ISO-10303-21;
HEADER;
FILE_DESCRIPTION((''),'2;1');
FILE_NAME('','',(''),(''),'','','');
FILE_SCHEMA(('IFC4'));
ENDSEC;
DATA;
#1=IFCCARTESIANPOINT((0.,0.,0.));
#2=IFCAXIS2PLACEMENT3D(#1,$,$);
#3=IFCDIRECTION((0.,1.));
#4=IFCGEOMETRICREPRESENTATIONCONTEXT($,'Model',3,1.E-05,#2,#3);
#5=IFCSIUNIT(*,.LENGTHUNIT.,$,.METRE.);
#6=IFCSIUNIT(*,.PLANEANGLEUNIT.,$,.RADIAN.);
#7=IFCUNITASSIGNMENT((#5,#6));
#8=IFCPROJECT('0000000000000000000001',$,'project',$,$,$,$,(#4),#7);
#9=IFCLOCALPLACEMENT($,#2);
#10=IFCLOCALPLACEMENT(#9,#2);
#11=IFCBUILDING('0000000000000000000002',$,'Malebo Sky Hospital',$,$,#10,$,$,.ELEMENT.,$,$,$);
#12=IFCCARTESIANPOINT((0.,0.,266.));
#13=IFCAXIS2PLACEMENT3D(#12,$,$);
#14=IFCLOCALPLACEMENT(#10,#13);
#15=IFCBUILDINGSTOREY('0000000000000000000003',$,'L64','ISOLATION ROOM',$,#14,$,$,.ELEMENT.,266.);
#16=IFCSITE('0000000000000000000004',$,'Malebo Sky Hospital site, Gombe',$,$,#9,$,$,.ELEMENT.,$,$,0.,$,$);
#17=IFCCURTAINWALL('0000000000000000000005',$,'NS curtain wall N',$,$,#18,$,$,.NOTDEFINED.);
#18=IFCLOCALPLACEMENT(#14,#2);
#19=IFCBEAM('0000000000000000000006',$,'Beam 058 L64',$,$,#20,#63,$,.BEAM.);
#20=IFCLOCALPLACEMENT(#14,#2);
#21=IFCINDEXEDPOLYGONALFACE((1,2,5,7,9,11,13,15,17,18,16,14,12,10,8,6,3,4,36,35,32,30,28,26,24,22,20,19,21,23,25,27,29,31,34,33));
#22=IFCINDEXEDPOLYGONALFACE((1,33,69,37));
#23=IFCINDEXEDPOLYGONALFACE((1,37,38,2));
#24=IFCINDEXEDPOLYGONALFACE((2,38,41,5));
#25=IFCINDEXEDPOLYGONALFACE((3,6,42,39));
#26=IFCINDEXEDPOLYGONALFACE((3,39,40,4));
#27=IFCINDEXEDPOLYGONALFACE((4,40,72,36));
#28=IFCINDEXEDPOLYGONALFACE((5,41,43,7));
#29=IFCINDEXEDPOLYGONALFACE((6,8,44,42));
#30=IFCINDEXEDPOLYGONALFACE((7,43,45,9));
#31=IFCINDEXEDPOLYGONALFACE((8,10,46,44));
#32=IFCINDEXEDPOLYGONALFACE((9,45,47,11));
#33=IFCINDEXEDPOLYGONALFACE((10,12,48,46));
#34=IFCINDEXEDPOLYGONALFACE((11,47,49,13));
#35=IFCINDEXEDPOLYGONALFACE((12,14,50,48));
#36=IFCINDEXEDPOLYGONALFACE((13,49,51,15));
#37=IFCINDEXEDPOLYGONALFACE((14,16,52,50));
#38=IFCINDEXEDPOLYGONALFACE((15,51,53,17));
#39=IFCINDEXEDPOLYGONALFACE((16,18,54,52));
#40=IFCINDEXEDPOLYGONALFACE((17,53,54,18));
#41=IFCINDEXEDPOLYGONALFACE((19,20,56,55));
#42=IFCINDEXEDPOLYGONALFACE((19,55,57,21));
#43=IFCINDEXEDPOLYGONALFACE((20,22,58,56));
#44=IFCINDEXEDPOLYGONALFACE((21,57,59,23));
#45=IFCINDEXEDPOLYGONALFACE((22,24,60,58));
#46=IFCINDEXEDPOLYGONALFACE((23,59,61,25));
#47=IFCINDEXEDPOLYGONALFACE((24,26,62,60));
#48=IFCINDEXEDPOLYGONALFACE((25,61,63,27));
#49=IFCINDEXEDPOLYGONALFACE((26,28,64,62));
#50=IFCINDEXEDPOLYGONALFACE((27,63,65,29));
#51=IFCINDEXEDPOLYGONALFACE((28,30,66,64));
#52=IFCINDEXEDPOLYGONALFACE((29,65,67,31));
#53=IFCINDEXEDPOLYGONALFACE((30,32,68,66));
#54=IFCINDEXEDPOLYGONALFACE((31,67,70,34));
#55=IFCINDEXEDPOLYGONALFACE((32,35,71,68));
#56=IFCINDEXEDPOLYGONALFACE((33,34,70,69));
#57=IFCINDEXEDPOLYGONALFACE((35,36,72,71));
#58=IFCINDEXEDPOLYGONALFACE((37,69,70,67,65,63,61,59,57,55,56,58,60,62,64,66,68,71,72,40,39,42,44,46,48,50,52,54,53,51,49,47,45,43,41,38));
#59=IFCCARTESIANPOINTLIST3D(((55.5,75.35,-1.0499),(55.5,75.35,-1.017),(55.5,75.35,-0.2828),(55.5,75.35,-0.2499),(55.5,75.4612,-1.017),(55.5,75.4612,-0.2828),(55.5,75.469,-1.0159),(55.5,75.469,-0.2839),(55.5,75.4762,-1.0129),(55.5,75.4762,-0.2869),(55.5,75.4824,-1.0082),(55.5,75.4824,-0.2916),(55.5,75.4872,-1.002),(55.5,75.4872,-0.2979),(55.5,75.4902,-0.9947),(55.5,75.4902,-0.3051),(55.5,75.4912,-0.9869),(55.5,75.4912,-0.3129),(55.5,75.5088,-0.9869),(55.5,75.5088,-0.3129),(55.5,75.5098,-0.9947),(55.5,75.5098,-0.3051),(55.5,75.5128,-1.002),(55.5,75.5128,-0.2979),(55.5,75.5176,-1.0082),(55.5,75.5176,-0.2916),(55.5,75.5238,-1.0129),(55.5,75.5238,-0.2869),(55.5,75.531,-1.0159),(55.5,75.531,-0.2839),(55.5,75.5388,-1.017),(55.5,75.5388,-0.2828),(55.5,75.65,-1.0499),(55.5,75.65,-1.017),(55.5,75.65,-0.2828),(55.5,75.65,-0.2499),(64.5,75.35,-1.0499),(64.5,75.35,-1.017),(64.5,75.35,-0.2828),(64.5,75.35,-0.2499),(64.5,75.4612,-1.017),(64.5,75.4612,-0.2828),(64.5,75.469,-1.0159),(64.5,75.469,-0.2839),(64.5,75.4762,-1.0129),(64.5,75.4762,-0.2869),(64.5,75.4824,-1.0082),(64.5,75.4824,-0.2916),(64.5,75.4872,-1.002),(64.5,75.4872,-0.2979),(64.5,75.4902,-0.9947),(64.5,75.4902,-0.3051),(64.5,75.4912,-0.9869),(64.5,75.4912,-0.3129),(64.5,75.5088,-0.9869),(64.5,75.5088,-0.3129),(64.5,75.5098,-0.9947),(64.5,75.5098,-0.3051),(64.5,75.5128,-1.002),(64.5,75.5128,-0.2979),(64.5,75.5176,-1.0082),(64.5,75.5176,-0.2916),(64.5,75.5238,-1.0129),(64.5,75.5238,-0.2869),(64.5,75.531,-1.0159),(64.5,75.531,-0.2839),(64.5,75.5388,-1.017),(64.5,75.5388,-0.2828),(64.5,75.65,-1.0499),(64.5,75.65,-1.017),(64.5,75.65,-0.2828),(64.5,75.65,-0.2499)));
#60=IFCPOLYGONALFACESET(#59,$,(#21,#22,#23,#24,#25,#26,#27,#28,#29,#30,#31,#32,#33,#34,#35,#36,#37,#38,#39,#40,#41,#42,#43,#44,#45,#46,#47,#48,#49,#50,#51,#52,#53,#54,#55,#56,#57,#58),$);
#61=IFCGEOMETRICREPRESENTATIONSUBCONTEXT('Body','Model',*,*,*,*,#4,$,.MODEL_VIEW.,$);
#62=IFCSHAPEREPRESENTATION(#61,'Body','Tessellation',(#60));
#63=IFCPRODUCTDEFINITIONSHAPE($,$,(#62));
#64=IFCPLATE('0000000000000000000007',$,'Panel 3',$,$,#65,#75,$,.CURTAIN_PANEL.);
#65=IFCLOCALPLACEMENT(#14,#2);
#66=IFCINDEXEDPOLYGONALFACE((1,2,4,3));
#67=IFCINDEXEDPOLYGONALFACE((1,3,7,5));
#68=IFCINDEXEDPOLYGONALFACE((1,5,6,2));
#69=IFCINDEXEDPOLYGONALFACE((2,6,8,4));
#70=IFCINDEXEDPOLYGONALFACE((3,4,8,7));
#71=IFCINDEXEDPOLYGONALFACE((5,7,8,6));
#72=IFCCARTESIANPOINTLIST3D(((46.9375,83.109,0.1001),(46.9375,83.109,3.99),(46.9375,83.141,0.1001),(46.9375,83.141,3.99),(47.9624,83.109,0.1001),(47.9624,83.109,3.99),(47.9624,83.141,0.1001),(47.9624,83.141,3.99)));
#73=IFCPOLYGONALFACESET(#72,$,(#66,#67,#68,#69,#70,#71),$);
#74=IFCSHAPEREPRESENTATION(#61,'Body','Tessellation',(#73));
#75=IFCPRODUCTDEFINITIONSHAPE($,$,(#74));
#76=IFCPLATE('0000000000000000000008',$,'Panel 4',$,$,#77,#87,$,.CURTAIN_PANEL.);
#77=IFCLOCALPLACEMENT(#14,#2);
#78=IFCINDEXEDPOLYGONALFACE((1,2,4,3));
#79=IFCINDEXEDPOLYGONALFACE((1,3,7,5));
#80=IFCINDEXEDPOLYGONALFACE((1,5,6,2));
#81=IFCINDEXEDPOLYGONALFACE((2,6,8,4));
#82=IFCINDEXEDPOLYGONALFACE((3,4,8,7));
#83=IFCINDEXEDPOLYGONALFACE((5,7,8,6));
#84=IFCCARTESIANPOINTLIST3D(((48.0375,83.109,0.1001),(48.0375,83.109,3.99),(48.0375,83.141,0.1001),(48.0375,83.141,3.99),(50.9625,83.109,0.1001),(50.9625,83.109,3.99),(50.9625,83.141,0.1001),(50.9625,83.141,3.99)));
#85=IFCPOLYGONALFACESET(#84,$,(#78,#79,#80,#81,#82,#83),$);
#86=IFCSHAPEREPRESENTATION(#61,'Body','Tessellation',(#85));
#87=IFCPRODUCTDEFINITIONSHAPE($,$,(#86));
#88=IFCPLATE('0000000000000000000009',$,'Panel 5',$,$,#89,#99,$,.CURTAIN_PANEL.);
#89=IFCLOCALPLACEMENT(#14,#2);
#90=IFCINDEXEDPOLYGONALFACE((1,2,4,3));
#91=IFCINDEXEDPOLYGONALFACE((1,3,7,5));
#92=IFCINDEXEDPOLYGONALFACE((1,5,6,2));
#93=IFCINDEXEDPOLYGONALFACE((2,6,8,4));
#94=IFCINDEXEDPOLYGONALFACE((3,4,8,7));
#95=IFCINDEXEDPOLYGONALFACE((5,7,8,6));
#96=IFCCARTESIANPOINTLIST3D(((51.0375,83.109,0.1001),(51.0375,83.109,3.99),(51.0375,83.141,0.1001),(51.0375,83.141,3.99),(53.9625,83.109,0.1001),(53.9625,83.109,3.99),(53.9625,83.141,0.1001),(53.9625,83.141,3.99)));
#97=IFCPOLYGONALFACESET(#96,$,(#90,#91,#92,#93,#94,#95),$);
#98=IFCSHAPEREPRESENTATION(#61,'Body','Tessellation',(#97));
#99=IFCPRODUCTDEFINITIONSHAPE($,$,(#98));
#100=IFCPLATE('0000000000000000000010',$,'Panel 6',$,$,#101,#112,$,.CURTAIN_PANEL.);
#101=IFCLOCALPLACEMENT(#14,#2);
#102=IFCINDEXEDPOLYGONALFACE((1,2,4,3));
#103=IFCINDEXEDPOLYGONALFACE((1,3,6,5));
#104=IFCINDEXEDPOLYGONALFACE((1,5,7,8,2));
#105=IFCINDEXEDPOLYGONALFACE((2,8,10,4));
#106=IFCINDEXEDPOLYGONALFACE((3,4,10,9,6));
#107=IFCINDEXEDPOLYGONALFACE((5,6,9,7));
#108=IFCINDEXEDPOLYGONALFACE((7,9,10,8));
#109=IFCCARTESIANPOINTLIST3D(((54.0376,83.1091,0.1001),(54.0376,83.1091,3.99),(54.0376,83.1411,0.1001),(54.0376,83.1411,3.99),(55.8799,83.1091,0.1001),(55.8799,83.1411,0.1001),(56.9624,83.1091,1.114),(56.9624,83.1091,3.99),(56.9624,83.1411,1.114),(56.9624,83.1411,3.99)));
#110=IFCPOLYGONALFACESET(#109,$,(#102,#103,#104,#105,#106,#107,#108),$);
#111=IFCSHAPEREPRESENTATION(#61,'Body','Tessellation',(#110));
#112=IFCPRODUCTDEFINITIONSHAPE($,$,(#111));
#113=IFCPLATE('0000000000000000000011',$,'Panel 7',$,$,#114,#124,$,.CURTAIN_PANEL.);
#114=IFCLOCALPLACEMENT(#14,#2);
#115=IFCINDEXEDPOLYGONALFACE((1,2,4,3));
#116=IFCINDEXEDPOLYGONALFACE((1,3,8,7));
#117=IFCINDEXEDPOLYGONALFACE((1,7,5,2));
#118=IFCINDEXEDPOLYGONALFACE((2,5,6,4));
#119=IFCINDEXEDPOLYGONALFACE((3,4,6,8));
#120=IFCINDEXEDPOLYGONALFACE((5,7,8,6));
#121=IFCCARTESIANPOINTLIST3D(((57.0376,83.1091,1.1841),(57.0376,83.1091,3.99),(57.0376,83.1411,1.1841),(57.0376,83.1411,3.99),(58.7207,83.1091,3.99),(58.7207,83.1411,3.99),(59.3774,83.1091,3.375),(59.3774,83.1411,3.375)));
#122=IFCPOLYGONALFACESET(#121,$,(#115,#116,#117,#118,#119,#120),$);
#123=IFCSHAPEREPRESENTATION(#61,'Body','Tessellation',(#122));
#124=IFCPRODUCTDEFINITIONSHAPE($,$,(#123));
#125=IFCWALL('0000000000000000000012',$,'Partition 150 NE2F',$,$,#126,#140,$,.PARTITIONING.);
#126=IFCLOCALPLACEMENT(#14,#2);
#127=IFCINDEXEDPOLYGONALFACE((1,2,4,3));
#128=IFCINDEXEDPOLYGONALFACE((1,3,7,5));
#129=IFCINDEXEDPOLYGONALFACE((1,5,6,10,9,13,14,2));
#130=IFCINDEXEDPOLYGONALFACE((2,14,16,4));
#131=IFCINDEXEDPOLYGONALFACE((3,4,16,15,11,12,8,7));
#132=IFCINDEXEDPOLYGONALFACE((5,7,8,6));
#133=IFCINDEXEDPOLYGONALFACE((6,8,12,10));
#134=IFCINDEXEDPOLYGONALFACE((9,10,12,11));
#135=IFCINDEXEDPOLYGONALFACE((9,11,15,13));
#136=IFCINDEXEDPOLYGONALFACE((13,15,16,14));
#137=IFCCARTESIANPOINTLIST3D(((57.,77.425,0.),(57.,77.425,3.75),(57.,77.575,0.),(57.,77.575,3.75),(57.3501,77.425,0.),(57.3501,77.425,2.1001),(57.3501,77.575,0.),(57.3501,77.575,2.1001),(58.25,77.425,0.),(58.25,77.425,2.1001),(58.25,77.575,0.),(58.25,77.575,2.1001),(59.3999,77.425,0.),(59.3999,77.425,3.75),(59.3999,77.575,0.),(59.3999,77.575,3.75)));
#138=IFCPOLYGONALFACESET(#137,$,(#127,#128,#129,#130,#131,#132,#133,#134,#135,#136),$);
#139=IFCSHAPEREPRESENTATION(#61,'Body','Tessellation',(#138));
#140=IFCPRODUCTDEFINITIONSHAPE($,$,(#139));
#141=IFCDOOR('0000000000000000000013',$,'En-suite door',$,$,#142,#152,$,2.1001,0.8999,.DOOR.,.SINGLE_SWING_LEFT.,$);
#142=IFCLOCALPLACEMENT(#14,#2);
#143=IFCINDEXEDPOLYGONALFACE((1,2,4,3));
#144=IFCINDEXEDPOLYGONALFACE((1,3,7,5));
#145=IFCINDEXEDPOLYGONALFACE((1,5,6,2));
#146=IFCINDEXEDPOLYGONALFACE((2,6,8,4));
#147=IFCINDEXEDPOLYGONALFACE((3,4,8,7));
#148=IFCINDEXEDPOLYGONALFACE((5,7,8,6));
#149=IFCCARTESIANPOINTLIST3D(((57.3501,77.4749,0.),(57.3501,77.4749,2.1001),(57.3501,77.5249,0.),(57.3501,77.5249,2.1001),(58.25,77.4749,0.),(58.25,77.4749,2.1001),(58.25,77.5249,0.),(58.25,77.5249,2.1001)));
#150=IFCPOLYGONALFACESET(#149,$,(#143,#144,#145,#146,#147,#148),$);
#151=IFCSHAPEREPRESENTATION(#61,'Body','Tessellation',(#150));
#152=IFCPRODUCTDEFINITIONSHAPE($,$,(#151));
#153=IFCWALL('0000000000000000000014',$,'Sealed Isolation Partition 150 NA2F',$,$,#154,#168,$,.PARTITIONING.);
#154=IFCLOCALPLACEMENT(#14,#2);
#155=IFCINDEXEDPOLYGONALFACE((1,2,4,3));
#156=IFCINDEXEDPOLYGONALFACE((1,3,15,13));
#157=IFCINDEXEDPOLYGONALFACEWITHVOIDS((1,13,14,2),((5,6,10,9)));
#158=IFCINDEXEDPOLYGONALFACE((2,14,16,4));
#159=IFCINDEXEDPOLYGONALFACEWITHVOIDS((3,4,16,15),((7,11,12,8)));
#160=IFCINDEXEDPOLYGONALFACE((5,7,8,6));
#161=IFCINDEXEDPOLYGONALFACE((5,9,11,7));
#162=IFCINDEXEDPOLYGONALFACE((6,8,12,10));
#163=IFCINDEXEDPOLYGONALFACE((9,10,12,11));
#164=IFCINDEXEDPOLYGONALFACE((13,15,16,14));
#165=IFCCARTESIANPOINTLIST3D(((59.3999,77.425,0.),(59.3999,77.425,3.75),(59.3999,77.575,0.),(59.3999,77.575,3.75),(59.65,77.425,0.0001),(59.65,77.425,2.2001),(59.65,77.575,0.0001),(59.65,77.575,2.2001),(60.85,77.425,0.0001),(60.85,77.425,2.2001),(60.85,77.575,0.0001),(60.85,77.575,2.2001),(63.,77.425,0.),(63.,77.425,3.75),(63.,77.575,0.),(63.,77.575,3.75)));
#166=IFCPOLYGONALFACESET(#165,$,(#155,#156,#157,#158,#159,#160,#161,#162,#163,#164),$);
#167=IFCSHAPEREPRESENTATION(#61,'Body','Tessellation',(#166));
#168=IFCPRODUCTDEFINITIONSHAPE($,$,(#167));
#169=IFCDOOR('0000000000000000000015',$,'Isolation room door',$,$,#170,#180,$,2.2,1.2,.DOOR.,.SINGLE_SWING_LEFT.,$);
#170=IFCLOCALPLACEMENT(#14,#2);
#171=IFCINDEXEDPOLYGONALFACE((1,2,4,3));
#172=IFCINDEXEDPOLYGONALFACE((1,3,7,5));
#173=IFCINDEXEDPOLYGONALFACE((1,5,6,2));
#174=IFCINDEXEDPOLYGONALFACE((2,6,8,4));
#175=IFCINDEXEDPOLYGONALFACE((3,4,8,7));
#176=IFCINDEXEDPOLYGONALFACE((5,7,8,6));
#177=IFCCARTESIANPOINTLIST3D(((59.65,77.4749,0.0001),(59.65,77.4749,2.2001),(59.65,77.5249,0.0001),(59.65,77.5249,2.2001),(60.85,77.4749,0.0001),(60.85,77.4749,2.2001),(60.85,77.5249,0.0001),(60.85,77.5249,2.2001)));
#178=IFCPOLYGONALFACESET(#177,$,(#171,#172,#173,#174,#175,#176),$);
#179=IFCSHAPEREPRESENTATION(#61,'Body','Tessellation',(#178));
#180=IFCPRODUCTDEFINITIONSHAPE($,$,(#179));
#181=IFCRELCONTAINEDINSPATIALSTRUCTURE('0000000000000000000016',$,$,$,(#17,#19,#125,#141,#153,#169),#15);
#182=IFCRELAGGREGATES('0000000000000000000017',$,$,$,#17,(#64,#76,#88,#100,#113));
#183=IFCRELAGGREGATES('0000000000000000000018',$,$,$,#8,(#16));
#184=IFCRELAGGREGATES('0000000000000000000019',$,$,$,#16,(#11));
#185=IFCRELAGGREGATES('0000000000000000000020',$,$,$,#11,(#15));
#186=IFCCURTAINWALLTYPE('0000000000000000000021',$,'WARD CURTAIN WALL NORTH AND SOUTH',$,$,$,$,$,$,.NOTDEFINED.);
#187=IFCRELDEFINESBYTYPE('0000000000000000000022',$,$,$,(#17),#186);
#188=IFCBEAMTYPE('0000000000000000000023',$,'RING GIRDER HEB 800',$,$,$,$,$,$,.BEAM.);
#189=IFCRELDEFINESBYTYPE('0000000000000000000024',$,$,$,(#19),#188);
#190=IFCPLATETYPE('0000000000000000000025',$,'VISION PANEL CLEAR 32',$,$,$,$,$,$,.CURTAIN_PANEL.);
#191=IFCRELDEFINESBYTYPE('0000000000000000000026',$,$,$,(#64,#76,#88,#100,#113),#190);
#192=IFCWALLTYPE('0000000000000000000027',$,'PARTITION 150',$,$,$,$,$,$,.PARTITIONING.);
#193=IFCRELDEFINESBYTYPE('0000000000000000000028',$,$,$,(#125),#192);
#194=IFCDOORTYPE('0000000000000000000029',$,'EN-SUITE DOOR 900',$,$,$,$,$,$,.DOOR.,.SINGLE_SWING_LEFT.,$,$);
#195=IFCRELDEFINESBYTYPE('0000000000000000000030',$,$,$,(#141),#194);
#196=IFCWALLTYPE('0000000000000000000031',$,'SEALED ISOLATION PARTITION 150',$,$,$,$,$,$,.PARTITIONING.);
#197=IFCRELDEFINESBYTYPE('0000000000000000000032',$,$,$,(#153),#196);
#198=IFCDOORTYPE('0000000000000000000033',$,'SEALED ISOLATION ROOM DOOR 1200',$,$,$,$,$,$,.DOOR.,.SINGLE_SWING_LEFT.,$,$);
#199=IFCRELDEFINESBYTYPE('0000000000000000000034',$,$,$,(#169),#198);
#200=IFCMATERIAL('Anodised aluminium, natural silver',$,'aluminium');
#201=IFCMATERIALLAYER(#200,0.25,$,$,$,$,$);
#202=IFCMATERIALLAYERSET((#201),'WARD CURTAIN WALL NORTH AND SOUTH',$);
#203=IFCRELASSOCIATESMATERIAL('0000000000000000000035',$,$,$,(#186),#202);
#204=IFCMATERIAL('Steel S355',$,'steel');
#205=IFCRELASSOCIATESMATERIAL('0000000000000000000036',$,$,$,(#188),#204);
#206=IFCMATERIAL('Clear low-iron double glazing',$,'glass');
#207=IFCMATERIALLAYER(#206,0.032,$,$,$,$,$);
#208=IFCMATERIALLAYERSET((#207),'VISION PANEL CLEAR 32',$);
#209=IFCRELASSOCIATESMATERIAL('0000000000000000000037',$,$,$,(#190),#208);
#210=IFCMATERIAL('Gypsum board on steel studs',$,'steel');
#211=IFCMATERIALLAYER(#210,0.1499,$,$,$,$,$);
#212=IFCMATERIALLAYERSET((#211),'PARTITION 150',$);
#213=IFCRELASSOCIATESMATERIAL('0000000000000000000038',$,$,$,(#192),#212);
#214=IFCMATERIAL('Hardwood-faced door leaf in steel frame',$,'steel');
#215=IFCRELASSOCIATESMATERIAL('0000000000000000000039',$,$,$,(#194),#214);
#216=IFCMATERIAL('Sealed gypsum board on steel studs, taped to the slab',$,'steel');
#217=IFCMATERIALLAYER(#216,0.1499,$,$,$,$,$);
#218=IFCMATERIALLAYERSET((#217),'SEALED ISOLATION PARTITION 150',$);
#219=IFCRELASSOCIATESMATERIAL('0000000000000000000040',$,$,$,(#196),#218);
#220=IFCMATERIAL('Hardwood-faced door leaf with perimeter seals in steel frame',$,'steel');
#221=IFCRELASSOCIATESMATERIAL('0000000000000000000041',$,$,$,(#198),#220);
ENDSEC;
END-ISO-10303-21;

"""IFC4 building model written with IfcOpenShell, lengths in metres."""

from ifc_helpers import new_model, si_unit, direction, frame, frame_2d, origin, origin_2d, place, context, subcontext, project, spatial, polyline, rectangle, i_section, outline, extrude, material, layer, layer_set, material_profile, profile_set, type_object, element, fill, aggregate, save


model = new_model("IFC4")

# Units and contexts
model_context = context("Model", 3, precision=1e-05, world=origin(), true_north=direction((0.0, 1.0)))
body_context = subcontext(model_context, "Body", "Model", "MODEL_VIEW")
ifc_project = project(units=[si_unit("LENGTHUNIT", "METRE"), si_unit("PLANEANGLEUNIT", "RADIAN")], contexts=[model_context])

# Site, building, storey
site_placement = place(None, origin())
site = spatial("IfcSite", under=ifc_project, at=site_placement, Name="Malebo Sky Hospital site, Gombe", CompositionType="ELEMENT", RefElevation=0.0)
building_placement = place(site_placement, origin())
building = spatial("IfcBuilding", under=site, at=building_placement, Name="Malebo Sky Hospital", CompositionType="ELEMENT")
storey_placement = place(building_placement, frame((0.0, 0.0, 266.0)))
storey = spatial("IfcBuildingStorey", under=building, at=storey_placement, Name="L64", Description="ISOLATION ROOM", CompositionType="ELEMENT", Elevation=266.0)

# Curtain wall
ifc_material_1 = material(Name="Anodised aluminium, natural silver", Category="aluminium")
ifc_layer_1 = layer(ifc_material_1, 0.25)
ifc_layer_set_1 = layer_set([ifc_layer_1], Name="WARD CURTAIN WALL NORTH AND SOUTH")
curtain_wall_type = type_object("IfcCurtainWallType", Name="WARD CURTAIN WALL NORTH AND SOUTH", PredefinedType="NOTDEFINED", material=ifc_layer_set_1)
curtain_wall_placement = place(storey_placement, origin())
curtain_wall = element("IfcCurtainWall", 1, at=curtain_wall_placement, inside=storey, type_object=curtain_wall_type, Name="NS curtain wall N", PredefinedType="NOTDEFINED")

# Shared definitions
ifc_material_2 = material(Name="Steel S355", Category="steel")

# Beam
ifc_material_profile_1 = material_profile(ifc_material_2, i_section(OverallWidth=0.3, OverallDepth=0.8, WebThickness=0.0176, FlangeThickness=0.033, FilletRadius=0.03, at=origin_2d()), Name="HEB 800")
ifc_profile_set_1 = profile_set([ifc_material_profile_1], Name="Steel S355")
beam_type_1 = type_object("IfcBeamType", Name="RING GIRDER HEB 800", PredefinedType="BEAM", material=ifc_profile_set_1)
beam_1_placement = place(storey_placement, frame((55.5, 75.5, -0.6499), z_axis=(1.0, 0.0, 0.0), x_axis=(0.0, 1.0, 0.0)))
element("IfcBeam", 2, at=beam_1_placement, inside=storey, type_object=beam_type_1, Name="Beam 058 L64", PredefinedType="BEAM", context=body_context, shape_type="SweptSolid", body=[
    extrude(i_section(OverallWidth=0.3, OverallDepth=0.8, WebThickness=0.0176, FlangeThickness=0.033, FilletRadius=0.03, at=origin_2d()), origin(), (0.0, 0.0, 1.0), 9.0),
])

# Plates
ifc_material_3 = material(Name="Clear low-iron double glazing", Category="glass")
ifc_layer_2 = layer(ifc_material_3, 0.032)
ifc_layer_set_2 = layer_set([ifc_layer_2], Name="VISION PANEL CLEAR 32")
plate_type = type_object("IfcPlateType", Name="VISION PANEL CLEAR 32", PredefinedType="CURTAIN_PANEL", material=ifc_layer_set_2)
plate_1_placement = place(storey_placement, frame((47.45, 83.125, 0.1001), z_axis=(0.0, 0.0, 1.0), x_axis=(1.0, 0.0, 0.0)))
plate_1 = element("IfcPlate", 3, at=plate_1_placement, type_object=plate_type, Name="Panel 3", PredefinedType="CURTAIN_PANEL", context=body_context, shape_type="SweptSolid", body=[
    extrude(rectangle(XDim=1.0249, YDim=0.032, at=origin_2d()), origin(), (0.0, 0.0, 1.0), 3.8899),
])
plate_2_placement = place(storey_placement, frame((49.5, 83.125, 0.1001), z_axis=(0.0, 0.0, 1.0), x_axis=(1.0, 0.0, 0.0)))
plate_2 = element("IfcPlate", 4, at=plate_2_placement, type_object=plate_type, Name="Panel 4", PredefinedType="CURTAIN_PANEL", context=body_context, shape_type="SweptSolid", body=[
    extrude(rectangle(XDim=2.925, YDim=0.032, at=origin_2d()), origin(), (0.0, 0.0, 1.0), 3.8899),
])
plate_3_placement = place(storey_placement, frame((52.5, 83.125, 0.1001), z_axis=(0.0, 0.0, 1.0), x_axis=(1.0, 0.0, 0.0)))
plate_3 = element("IfcPlate", 5, at=plate_3_placement, type_object=plate_type, Name="Panel 5", PredefinedType="CURTAIN_PANEL", context=body_context, shape_type="SweptSolid", body=[
    extrude(rectangle(XDim=2.925, YDim=0.032, at=origin_2d()), origin(), (0.0, 0.0, 1.0), 3.8899),
])
plate_4_placement = place(storey_placement, frame((55.5, 83.125, 0.1001), z_axis=(0.0, 0.0, 1.0), x_axis=(1.0, 0.0, 0.0)))
plate_4 = element("IfcPlate", 6, at=plate_4_placement, type_object=plate_type, Name="Panel 6", PredefinedType="CURTAIN_PANEL", context=body_context, shape_type="SweptSolid", body=[
    extrude(outline(polyline([(-1.4624, 0.0), (0.3799, 0.0), (1.4624, 1.0139), (1.4624, 3.8899), (-1.4624, 3.8899), (-1.4624, 0.0)])), frame((0.0, 0.0161, 0.0), z_axis=(0.0, -1.0, 0.0), x_axis=(1.0, 0.0, 0.0)), (0.0, 0.0, 1.0), 0.032),
])
plate_5_placement = place(storey_placement, frame((58.2075, 83.125, 1.1841), z_axis=(0.0, 0.0, 1.0), x_axis=(1.0, 0.0, 0.0)))
plate_5 = element("IfcPlate", 7, at=plate_5_placement, type_object=plate_type, Name="Panel 7", PredefinedType="CURTAIN_PANEL", context=body_context, shape_type="SweptSolid", body=[
    extrude(outline(polyline([(-1.1699, 0.0), (1.1699, 2.1909), (0.5132, 2.8059), (-1.1699, 2.8059), (-1.1699, 0.0)])), frame((0.0, 0.0161, 0.0), z_axis=(0.0, -1.0, 0.0), x_axis=(1.0, 0.0, 0.0)), (0.0, 0.0, 1.0), 0.032),
])
aggregate(curtain_wall, [plate_1, plate_2, plate_3, plate_4, plate_5])

# Walls, openings, doors
ifc_material_4 = material(Name="Gypsum board on steel studs", Category="steel")
ifc_layer_3 = layer(ifc_material_4, 0.1499)
ifc_layer_set_3 = layer_set([ifc_layer_3], Name="PARTITION 150")
wall_type_1 = type_object("IfcWallType", Name="PARTITION 150", PredefinedType="PARTITIONING", material=ifc_layer_set_3)
wall_1_placement = place(storey_placement, frame((57.0, 77.5, 0.0), z_axis=(0.0, 0.0, 1.0), x_axis=(1.0, 0.0, 0.0)))
wall_1 = element("IfcWall", 8, at=wall_1_placement, inside=storey, type_object=wall_type_1, Name="Partition 150 NE2F", PredefinedType="PARTITIONING", context=body_context, shape_type="SweptSolid", body=[
    extrude(rectangle(XDim=2.3999, YDim=0.1499, at=frame_2d((1.2, 0.0))), origin(), (0.0, 0.0, 1.0), 3.75),
])
opening_1_placement = place(wall_1_placement, frame((0.3501, 0.0, 0.0)))
opening_1 = element("IfcOpeningElement", 9, at=opening_1_placement, cuts=wall_1, PredefinedType="OPENING", context=body_context, shape_type="SweptSolid", body=[
    extrude(rectangle(XDim=0.8999, YDim=2.1001, at=frame_2d((0.45, 1.05))), frame((0.0, 0.085, 0.0), z_axis=(0.0, -1.0, 0.0), x_axis=(1.0, 0.0, 0.0)), (0.0, 0.0, 1.0), 0.1699),
])
ifc_material_5 = material(Name="Hardwood-faced door leaf in steel frame", Category="steel")
door_type_1 = type_object("IfcDoorType", Name="EN-SUITE DOOR 900", OperationType="SINGLE_SWING_LEFT", PredefinedType="DOOR", material=ifc_material_5)
door_1_placement = place(opening_1_placement, origin())
door_1 = element("IfcDoor", 10, at=door_1_placement, inside=storey, type_object=door_type_1, Name="En-suite door", OperationType="SINGLE_SWING_LEFT", OverallHeight=2.1001, OverallWidth=0.8999, PredefinedType="DOOR", context=body_context, shape_type="SweptSolid", body=[
    extrude(rectangle(XDim=0.8999, YDim=2.1001, at=frame_2d((0.45, 1.05))), frame((0.0, 0.0249, 0.0), z_axis=(0.0, -1.0, 0.0), x_axis=(1.0, 0.0, 0.0)), (0.0, 0.0, 1.0), 0.05),
])
fill(opening_1, door_1)
ifc_material_6 = material(Name="Sealed gypsum board on steel studs, taped to the slab", Category="steel")
ifc_layer_4 = layer(ifc_material_6, 0.1499)
ifc_layer_set_4 = layer_set([ifc_layer_4], Name="SEALED ISOLATION PARTITION 150")
wall_type_2 = type_object("IfcWallType", Name="SEALED ISOLATION PARTITION 150", PredefinedType="PARTITIONING", material=ifc_layer_set_4)
wall_2_placement = place(storey_placement, frame((59.3999, 77.5, 0.0), z_axis=(0.0, 0.0, 1.0), x_axis=(1.0, 0.0, 0.0)))
wall_2 = element("IfcWall", 11, at=wall_2_placement, inside=storey, type_object=wall_type_2, Name="Sealed Isolation Partition 150 NA2F", PredefinedType="PARTITIONING", context=body_context, shape_type="SweptSolid", body=[
    extrude(rectangle(XDim=3.6001, YDim=0.1499, at=frame_2d((1.8, 0.0))), origin(), (0.0, 0.0, 1.0), 3.75),
])
opening_2_placement = place(wall_2_placement, frame((0.25, 0.0, 0.0)))
opening_2 = element("IfcOpeningElement", 12, at=opening_2_placement, cuts=wall_2, PredefinedType="OPENING", context=body_context, shape_type="SweptSolid", body=[
    extrude(rectangle(XDim=1.2, YDim=2.2, at=frame_2d((0.6001, 1.1001))), frame((0.0, 0.085, 0.0), z_axis=(0.0, -1.0, 0.0), x_axis=(1.0, 0.0, 0.0)), (0.0, 0.0, 1.0), 0.1699),
])
ifc_material_7 = material(Name="Hardwood-faced door leaf with perimeter seals in steel frame", Category="steel")
door_type_2 = type_object("IfcDoorType", Name="SEALED ISOLATION ROOM DOOR 1200", OperationType="SINGLE_SWING_LEFT", PredefinedType="DOOR", material=ifc_material_7)
door_2_placement = place(opening_2_placement, origin())
door_2 = element("IfcDoor", 13, at=door_2_placement, inside=storey, type_object=door_type_2, Name="Isolation room door", OperationType="SINGLE_SWING_LEFT", OverallHeight=2.2, OverallWidth=1.2, PredefinedType="DOOR", context=body_context, shape_type="SweptSolid", body=[
    extrude(rectangle(XDim=1.2, YDim=2.2, at=frame_2d((0.6001, 1.1001))), frame((0.0, 0.0249, 0.0), z_axis=(0.0, -1.0, 0.0), x_axis=(1.0, 0.0, 0.0)), (0.0, 0.0, 1.0), 0.05),
])
fill(opening_2, door_2)

save(model, "model.ifc")
